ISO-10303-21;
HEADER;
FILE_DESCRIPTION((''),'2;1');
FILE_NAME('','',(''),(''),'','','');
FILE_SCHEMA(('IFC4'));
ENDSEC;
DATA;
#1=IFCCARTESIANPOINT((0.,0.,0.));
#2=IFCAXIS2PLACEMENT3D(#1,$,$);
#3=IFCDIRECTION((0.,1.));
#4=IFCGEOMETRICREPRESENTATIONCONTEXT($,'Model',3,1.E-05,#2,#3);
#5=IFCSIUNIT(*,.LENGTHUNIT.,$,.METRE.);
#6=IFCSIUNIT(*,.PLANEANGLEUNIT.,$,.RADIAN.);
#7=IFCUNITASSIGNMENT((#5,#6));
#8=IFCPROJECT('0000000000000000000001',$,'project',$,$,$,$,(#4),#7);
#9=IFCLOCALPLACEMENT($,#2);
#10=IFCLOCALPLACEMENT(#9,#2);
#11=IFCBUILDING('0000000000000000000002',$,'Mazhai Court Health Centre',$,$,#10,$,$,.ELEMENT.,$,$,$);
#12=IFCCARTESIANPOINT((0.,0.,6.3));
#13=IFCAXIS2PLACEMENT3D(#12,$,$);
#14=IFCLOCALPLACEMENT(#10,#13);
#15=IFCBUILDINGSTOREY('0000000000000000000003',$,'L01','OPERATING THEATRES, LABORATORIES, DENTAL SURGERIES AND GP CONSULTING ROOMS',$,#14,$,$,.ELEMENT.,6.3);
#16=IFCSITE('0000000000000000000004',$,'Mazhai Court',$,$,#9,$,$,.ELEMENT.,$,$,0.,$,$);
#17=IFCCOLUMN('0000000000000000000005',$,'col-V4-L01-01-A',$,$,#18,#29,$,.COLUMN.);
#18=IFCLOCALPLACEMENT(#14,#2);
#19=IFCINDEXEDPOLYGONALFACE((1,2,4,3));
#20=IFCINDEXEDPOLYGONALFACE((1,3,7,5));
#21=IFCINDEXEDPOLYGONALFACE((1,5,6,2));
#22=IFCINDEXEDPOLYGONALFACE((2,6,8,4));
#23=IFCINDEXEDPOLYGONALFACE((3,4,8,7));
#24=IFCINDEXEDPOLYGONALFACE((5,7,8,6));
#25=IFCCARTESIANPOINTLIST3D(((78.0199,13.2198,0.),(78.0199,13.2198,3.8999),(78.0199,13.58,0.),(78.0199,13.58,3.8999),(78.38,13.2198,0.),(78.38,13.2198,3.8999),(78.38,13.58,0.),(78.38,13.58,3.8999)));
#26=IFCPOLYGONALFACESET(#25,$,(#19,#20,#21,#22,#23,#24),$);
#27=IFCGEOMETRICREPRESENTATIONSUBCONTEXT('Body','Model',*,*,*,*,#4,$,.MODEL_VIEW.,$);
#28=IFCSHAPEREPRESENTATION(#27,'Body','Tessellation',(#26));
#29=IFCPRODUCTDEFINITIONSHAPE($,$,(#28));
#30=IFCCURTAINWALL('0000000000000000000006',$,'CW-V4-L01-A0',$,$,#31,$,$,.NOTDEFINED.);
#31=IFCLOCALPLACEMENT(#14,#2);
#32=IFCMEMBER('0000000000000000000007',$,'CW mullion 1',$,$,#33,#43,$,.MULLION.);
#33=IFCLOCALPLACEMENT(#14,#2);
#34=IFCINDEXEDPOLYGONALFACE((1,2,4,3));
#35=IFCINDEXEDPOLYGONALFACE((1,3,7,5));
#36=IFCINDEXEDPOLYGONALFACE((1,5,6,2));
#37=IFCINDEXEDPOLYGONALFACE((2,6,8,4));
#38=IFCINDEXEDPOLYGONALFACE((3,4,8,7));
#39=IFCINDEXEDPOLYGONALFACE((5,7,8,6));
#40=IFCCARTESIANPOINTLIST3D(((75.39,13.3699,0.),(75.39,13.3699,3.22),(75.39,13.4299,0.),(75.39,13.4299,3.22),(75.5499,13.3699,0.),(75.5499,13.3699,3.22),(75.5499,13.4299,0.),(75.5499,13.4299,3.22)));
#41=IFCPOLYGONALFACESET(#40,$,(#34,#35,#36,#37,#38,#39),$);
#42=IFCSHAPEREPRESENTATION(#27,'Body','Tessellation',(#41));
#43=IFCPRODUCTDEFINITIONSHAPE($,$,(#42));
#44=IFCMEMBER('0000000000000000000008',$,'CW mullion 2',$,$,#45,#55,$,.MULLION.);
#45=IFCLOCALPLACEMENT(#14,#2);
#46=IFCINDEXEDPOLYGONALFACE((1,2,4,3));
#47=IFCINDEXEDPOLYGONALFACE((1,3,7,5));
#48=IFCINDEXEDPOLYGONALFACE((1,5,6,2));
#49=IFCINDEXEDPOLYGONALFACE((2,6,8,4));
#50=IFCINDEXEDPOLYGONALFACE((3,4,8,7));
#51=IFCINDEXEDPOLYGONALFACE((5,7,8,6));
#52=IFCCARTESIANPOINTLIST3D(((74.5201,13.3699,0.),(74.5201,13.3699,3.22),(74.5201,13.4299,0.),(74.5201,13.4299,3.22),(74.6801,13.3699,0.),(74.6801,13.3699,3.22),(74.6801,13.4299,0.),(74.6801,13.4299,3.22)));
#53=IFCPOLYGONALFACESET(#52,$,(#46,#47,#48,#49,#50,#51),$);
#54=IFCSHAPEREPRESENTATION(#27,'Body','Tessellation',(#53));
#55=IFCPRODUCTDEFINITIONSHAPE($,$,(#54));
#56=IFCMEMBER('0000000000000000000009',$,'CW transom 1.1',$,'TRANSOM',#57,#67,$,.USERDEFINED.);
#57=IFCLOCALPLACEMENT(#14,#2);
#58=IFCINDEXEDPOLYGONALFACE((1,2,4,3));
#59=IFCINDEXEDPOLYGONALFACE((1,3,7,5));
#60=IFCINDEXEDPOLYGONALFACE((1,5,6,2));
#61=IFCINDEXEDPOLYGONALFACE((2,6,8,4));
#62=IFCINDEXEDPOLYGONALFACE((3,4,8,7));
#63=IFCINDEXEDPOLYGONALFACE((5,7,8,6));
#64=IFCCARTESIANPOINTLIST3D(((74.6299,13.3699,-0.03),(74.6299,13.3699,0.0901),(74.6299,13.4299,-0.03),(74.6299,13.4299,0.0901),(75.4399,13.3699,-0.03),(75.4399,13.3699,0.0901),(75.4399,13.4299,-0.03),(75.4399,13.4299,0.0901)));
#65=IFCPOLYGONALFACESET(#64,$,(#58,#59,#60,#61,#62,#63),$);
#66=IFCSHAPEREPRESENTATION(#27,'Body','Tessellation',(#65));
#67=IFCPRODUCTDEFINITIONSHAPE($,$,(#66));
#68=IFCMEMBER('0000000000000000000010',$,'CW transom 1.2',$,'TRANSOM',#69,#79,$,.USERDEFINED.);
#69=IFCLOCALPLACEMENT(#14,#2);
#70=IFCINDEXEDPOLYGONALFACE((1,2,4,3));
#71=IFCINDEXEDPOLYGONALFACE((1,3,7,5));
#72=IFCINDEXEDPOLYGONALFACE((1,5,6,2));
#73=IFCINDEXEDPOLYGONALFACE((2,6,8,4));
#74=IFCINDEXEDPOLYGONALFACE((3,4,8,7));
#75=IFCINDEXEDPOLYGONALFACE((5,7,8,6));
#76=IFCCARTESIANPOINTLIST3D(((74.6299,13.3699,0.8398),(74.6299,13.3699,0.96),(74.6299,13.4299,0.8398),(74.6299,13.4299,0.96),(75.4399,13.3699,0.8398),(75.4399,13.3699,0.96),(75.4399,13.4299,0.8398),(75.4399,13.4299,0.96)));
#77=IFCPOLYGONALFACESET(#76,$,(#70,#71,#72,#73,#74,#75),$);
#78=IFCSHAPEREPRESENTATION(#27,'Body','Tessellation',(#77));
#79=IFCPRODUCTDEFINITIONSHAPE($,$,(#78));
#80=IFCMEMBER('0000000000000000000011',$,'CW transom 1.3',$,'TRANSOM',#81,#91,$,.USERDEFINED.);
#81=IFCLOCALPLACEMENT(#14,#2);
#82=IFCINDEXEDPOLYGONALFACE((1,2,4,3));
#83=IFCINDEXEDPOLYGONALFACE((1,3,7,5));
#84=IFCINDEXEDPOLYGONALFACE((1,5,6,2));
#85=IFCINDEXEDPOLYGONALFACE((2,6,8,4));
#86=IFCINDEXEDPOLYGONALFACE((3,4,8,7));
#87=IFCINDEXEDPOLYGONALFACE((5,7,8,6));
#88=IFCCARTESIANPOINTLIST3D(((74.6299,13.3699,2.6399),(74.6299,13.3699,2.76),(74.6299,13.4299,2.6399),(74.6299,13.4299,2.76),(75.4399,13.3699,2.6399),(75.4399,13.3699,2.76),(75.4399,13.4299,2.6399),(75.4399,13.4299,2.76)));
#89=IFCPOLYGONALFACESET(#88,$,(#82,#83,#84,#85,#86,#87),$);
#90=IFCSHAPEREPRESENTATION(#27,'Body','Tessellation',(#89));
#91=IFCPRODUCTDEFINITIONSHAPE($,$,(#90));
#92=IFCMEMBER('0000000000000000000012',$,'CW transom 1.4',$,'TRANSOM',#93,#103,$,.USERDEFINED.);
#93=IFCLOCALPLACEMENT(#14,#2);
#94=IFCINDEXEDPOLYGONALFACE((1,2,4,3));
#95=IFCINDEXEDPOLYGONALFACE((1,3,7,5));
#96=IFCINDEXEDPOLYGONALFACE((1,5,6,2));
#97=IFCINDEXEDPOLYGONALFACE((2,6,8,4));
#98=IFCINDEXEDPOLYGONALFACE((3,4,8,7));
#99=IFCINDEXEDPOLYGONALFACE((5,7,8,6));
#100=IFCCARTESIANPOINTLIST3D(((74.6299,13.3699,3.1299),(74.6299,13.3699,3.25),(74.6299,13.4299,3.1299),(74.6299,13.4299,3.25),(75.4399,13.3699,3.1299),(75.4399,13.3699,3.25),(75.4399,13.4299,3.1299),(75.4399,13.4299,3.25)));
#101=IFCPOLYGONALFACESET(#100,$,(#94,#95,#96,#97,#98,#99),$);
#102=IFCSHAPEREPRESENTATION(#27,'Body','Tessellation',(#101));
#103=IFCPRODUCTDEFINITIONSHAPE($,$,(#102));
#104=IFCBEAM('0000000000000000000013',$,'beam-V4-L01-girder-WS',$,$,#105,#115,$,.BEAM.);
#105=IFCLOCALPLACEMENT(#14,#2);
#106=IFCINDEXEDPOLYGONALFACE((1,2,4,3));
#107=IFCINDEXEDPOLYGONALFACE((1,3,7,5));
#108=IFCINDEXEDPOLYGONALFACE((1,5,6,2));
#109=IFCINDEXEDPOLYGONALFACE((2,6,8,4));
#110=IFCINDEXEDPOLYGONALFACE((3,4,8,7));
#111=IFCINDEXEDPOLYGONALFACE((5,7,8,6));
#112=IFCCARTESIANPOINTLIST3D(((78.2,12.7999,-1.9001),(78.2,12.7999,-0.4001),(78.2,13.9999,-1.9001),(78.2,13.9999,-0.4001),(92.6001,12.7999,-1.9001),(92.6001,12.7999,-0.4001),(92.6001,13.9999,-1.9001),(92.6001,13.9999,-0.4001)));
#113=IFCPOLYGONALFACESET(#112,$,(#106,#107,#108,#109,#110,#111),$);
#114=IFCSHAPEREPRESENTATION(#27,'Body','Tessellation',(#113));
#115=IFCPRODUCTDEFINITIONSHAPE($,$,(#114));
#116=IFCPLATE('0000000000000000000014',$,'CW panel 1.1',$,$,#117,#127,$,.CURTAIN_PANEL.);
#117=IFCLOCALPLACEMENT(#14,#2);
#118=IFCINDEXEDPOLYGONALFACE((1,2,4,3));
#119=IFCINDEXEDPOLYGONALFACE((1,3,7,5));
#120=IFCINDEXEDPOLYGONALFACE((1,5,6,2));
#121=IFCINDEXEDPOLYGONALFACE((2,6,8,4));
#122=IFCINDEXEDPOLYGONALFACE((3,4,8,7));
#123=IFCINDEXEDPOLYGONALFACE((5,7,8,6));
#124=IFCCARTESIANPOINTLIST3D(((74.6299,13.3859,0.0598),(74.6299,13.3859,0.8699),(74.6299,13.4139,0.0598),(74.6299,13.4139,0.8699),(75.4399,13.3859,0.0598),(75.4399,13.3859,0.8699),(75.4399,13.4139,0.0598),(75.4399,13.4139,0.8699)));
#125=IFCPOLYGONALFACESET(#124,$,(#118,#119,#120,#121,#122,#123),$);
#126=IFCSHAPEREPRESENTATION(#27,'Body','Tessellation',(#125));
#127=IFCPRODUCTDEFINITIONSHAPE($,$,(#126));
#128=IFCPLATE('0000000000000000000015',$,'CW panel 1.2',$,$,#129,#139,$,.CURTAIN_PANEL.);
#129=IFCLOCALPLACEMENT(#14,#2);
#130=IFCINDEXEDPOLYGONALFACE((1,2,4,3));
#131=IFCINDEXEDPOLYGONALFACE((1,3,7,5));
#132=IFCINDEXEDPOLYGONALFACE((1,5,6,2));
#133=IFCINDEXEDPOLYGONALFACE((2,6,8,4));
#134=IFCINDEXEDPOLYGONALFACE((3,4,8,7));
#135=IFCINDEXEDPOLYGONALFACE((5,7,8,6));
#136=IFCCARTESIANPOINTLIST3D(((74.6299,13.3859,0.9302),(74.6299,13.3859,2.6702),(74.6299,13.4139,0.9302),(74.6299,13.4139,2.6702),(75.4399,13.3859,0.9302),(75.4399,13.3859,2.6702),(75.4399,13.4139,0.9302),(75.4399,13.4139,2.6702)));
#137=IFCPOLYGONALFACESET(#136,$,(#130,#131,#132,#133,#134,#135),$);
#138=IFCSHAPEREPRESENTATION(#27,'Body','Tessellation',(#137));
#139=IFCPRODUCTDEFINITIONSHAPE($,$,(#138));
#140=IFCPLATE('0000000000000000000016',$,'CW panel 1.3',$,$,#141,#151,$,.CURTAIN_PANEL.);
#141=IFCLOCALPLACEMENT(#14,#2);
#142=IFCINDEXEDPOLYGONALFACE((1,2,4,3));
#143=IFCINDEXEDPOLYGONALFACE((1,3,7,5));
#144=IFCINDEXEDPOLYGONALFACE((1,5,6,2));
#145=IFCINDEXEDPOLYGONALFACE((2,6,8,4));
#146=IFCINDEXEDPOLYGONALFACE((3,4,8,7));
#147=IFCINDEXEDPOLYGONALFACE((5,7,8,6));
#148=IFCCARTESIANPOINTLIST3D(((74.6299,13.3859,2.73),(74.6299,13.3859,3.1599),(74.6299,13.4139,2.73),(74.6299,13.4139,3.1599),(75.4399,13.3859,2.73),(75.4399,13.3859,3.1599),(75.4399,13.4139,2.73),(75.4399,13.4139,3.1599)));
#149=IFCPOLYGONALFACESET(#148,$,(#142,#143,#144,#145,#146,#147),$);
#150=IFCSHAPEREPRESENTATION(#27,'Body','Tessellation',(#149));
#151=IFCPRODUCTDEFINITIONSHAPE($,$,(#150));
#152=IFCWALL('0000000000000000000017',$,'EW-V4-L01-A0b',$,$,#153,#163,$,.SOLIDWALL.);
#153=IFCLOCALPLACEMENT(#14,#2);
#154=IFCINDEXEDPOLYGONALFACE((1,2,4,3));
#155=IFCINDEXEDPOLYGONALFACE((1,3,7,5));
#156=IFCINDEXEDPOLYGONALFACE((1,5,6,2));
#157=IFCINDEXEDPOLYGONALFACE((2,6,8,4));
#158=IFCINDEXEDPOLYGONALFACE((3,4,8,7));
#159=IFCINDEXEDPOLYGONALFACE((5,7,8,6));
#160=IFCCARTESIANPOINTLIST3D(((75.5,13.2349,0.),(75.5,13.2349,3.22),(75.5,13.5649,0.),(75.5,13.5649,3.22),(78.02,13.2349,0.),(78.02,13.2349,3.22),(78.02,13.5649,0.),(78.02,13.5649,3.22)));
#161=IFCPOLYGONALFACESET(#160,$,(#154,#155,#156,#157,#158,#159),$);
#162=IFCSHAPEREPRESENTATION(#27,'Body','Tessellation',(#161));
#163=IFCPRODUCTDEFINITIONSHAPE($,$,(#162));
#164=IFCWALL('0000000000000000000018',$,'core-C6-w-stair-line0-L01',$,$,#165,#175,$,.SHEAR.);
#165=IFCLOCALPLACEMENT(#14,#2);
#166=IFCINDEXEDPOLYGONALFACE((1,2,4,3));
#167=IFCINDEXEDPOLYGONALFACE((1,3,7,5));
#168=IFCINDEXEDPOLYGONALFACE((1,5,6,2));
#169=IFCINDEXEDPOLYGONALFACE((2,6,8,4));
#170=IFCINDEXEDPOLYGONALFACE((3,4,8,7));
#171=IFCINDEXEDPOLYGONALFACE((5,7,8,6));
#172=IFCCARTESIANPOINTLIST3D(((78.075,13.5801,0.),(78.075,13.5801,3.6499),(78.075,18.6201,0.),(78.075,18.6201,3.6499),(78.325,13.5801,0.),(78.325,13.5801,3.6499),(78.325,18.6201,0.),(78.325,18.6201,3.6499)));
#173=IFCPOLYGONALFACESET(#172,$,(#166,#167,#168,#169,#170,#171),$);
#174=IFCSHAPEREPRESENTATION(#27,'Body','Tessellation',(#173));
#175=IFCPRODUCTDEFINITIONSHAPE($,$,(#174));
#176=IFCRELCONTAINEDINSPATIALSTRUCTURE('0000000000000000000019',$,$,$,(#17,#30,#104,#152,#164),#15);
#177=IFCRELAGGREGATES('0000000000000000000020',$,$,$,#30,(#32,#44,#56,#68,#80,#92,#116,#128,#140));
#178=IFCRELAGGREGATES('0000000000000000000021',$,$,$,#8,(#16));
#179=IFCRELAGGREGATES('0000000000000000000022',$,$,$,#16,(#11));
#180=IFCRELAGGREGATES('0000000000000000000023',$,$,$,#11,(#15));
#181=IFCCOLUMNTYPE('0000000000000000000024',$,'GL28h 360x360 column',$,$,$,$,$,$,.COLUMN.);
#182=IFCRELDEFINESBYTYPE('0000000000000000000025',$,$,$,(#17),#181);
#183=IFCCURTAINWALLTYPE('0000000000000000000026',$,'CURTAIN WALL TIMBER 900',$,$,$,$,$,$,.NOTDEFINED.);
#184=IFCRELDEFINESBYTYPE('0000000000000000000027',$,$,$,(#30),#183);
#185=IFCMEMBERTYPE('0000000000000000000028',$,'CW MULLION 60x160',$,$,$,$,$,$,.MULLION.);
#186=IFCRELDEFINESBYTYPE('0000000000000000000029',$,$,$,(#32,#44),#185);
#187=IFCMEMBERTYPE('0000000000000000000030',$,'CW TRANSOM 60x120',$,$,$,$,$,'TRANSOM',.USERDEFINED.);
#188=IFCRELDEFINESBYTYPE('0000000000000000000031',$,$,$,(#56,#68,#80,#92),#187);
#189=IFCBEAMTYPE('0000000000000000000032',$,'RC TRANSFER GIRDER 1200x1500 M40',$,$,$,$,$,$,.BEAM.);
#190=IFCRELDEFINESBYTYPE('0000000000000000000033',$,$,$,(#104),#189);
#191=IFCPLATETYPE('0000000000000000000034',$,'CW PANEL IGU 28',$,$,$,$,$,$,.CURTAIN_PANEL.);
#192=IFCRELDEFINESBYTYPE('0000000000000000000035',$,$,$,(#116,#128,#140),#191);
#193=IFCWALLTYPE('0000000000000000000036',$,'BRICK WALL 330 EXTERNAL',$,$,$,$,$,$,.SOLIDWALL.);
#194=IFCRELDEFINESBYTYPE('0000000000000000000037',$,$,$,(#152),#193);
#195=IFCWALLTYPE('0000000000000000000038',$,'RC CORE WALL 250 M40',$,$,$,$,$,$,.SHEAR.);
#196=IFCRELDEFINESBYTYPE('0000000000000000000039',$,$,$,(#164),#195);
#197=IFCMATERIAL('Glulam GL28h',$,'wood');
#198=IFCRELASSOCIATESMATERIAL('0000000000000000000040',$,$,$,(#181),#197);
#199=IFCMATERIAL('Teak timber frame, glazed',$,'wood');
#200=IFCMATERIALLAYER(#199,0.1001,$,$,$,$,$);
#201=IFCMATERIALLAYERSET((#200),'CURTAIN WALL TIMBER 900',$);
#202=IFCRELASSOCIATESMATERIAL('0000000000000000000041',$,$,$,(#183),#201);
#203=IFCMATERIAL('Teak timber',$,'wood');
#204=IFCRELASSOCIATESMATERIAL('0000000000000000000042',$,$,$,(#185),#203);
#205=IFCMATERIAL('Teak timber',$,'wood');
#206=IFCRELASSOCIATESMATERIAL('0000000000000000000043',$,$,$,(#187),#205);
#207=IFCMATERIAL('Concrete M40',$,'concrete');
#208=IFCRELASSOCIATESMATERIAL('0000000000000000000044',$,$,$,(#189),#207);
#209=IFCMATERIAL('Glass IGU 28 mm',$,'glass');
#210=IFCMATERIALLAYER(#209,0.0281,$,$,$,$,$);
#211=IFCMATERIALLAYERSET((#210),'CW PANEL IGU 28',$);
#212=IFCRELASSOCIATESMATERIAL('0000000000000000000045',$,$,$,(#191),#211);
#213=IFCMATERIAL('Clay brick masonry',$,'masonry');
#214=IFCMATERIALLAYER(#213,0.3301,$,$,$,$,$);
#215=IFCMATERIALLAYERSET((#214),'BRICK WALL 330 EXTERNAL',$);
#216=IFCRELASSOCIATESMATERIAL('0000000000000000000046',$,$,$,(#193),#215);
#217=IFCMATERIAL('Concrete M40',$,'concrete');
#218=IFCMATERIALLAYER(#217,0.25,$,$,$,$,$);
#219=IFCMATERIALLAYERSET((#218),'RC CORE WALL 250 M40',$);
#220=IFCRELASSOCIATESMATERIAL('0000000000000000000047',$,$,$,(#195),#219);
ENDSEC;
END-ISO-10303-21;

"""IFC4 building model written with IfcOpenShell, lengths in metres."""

from ifc_helpers import new_model, si_unit, direction, frame, frame_2d, origin, origin_2d, place, context, subcontext, project, spatial, rectangle, extrude, material, layer, layer_set, material_profile, profile_set, type_object, element, aggregate, save


model = new_model("IFC4")

# Units and contexts
model_context = context("Model", 3, precision=1e-05, world=origin(), true_north=direction((0.0, 1.0)))
body_context = subcontext(model_context, "Body", "Model", "MODEL_VIEW")
ifc_project = project(units=[si_unit("LENGTHUNIT", "METRE"), si_unit("PLANEANGLEUNIT", "RADIAN")], contexts=[model_context])

# Site, building, storey
site_placement = place(None, origin())
site = spatial("IfcSite", under=ifc_project, at=site_placement, Name="Mazhai Court", CompositionType="ELEMENT", RefElevation=0.0)
building_placement = place(site_placement, origin())
building = spatial("IfcBuilding", under=site, at=building_placement, Name="Mazhai Court Health Centre", CompositionType="ELEMENT")
storey_placement = place(building_placement, frame((0.0, 0.0, 6.3)))
storey = spatial("IfcBuildingStorey", under=building, at=storey_placement, Name="L01", Description="OPERATING THEATRES, LABORATORIES, DENTAL SURGERIES AND GP CONSULTING ROOMS", CompositionType="ELEMENT", Elevation=6.3)

# Column
ifc_material_1 = material(Name="Glulam GL28h", Category="wood")
ifc_material_profile_1 = material_profile(ifc_material_1, rectangle(XDim=0.3601, YDim=0.3601, at=origin_2d()), Name="GL28h 360x360")
ifc_profile_set_1 = profile_set([ifc_material_profile_1], Name="Glulam GL28h")
column_type = type_object("IfcColumnType", Name="GL28h 360x360 column", PredefinedType="COLUMN", material=ifc_profile_set_1)
column_placement = place(storey_placement, frame((78.2, 13.3999, 0.0), z_axis=(0.0, 0.0, 1.0), x_axis=(1.0, 0.0, 0.0)))
element("IfcColumn", 1, at=column_placement, inside=storey, type_object=column_type, Name="col-V4-L01-01-A", PredefinedType="COLUMN", context=body_context, shape_type="SweptSolid", body=[
    extrude(rectangle(XDim=0.3601, YDim=0.3601, at=origin_2d()), origin(), (0.0, 0.0, 1.0), 3.8999),
])

# Curtain wall, members
ifc_material_2 = material(Name="Teak timber frame, glazed", Category="wood")
ifc_layer_1 = layer(ifc_material_2, 0.1001)
ifc_layer_set_1 = layer_set([ifc_layer_1], Name="CURTAIN WALL TIMBER 900")
curtain_wall_type = type_object("IfcCurtainWallType", Name="CURTAIN WALL TIMBER 900", PredefinedType="NOTDEFINED", material=ifc_layer_set_1)
curtain_wall_placement = place(storey_placement, origin())
curtain_wall = element("IfcCurtainWall", 2, at=curtain_wall_placement, inside=storey, type_object=curtain_wall_type, Name="CW-V4-L01-A0", PredefinedType="NOTDEFINED")
ifc_material_3 = material(Name="Teak timber", Category="wood")
ifc_material_profile_2 = material_profile(ifc_material_3, rectangle(XDim=0.0601, YDim=0.1599, at=origin_2d()), Name="CW MULLION 60x160")
ifc_profile_set_2 = profile_set([ifc_material_profile_2], Name="Teak timber")
member_type_1 = type_object("IfcMemberType", Name="CW MULLION 60x160", PredefinedType="MULLION", material=ifc_profile_set_2)
member_1_placement = place(storey_placement, frame((75.47, 13.3999, 0.0), z_axis=(0.0, 0.0, 1.0), x_axis=(0.0, -1.0, 0.0)))
member_1 = element("IfcMember", 3, at=member_1_placement, type_object=member_type_1, Name="CW mullion 1", PredefinedType="MULLION", context=body_context, shape_type="SweptSolid", body=[
    extrude(rectangle(XDim=0.0601, YDim=0.1599, at=origin_2d()), origin(), (0.0, 0.0, 1.0), 3.22),
])
member_2_placement = place(storey_placement, frame((74.6001, 13.3999, 0.0), z_axis=(0.0, 0.0, 1.0), x_axis=(0.0, -1.0, 0.0)))
member_2 = element("IfcMember", 4, at=member_2_placement, type_object=member_type_1, Name="CW mullion 2", PredefinedType="MULLION", context=body_context, shape_type="SweptSolid", body=[
    extrude(rectangle(XDim=0.0601, YDim=0.1599, at=origin_2d()), origin(), (0.0, 0.0, 1.0), 3.22),
])
ifc_material_4 = material(Name="Teak timber", Category="wood")
ifc_material_profile_3 = material_profile(ifc_material_4, rectangle(XDim=0.0601, YDim=0.1201, at=origin_2d()), Name="CW TRANSOM 60x120")
ifc_profile_set_3 = profile_set([ifc_material_profile_3], Name="Teak timber")
member_type_2 = type_object("IfcMemberType", Name="CW TRANSOM 60x120", ElementType="TRANSOM", PredefinedType="USERDEFINED", material=ifc_profile_set_3)
member_3_placement = place(storey_placement, frame((75.4399, 13.3999, 0.03), z_axis=(-1.0, 0.0, 0.0), x_axis=(0.0, -1.0, 0.0)))
member_3 = element("IfcMember", 5, at=member_3_placement, type_object=member_type_2, Name="CW transom 1.1", ObjectType="TRANSOM", PredefinedType="USERDEFINED", context=body_context, shape_type="SweptSolid", body=[
    extrude(rectangle(XDim=0.0601, YDim=0.1201, at=origin_2d()), origin(), (0.0, 0.0, 1.0), 0.8101),
])
member_4_placement = place(storey_placement, frame((75.4399, 13.3999, 0.8999), z_axis=(-1.0, 0.0, 0.0), x_axis=(0.0, -1.0, 0.0)))
member_4 = element("IfcMember", 6, at=member_4_placement, type_object=member_type_2, Name="CW transom 1.2", ObjectType="TRANSOM", PredefinedType="USERDEFINED", context=body_context, shape_type="SweptSolid", body=[
    extrude(rectangle(XDim=0.0601, YDim=0.1201, at=origin_2d()), origin(), (0.0, 0.0, 1.0), 0.8101),
])
member_5_placement = place(storey_placement, frame((75.4399, 13.3999, 2.7), z_axis=(-1.0, 0.0, 0.0), x_axis=(0.0, -1.0, 0.0)))
member_5 = element("IfcMember", 7, at=member_5_placement, type_object=member_type_2, Name="CW transom 1.3", ObjectType="TRANSOM", PredefinedType="USERDEFINED", context=body_context, shape_type="SweptSolid", body=[
    extrude(rectangle(XDim=0.0601, YDim=0.1201, at=origin_2d()), origin(), (0.0, 0.0, 1.0), 0.8101),
])
member_6_placement = place(storey_placement, frame((75.4399, 13.3999, 3.1899), z_axis=(-1.0, 0.0, 0.0), x_axis=(0.0, -1.0, 0.0)))
member_6 = element("IfcMember", 8, at=member_6_placement, type_object=member_type_2, Name="CW transom 1.4", ObjectType="TRANSOM", PredefinedType="USERDEFINED", context=body_context, shape_type="SweptSolid", body=[
    extrude(rectangle(XDim=0.0601, YDim=0.1201, at=origin_2d()), origin(), (0.0, 0.0, 1.0), 0.8101),
])

# Beam
ifc_material_5 = material(Name="Concrete M40", Category="concrete")
ifc_material_profile_4 = material_profile(ifc_material_5, rectangle(XDim=1.2, YDim=1.5, at=origin_2d()), Name="RC 1200x1500")
ifc_profile_set_4 = profile_set([ifc_material_profile_4], Name="Concrete M40")
beam_type = type_object("IfcBeamType", Name="RC TRANSFER GIRDER 1200x1500 M40", PredefinedType="BEAM", material=ifc_profile_set_4)
beam_placement = place(storey_placement, frame((78.2, 13.3999, -1.1501), z_axis=(1.0, 0.0, 0.0), x_axis=(0.0, 1.0, 0.0)))
element("IfcBeam", 9, at=beam_placement, inside=storey, type_object=beam_type, Name="beam-V4-L01-girder-WS", PredefinedType="BEAM", context=body_context, shape_type="SweptSolid", body=[
    extrude(rectangle(XDim=1.2, YDim=1.5, at=origin_2d()), origin(), (0.0, 0.0, 1.0), 14.4001),
])

# Plates
ifc_material_6 = material(Name="Glass IGU 28 mm", Category="glass")
ifc_layer_2 = layer(ifc_material_6, 0.0281)
ifc_layer_set_2 = layer_set([ifc_layer_2], Name="CW PANEL IGU 28")
plate_type = type_object("IfcPlateType", Name="CW PANEL IGU 28", PredefinedType="CURTAIN_PANEL", material=ifc_layer_set_2)
plate_1_placement = place(storey_placement, frame((75.0349, 13.3999, 0.0598), z_axis=(0.0, 0.0, 1.0), x_axis=(-1.0, 0.0, 0.0)))
plate_1 = element("IfcPlate", 10, at=plate_1_placement, type_object=plate_type, Name="CW panel 1.1", PredefinedType="CURTAIN_PANEL", context=body_context, shape_type="SweptSolid", body=[
    extrude(rectangle(XDim=0.8101, YDim=0.0281, at=origin_2d()), origin(), (0.0, 0.0, 1.0), 0.8101),
])
plate_2_placement = place(storey_placement, frame((75.0349, 13.3999, 0.9302), z_axis=(0.0, 0.0, 1.0), x_axis=(-1.0, 0.0, 0.0)))
plate_2 = element("IfcPlate", 11, at=plate_2_placement, type_object=plate_type, Name="CW panel 1.2", PredefinedType="CURTAIN_PANEL", context=body_context, shape_type="SweptSolid", body=[
    extrude(rectangle(XDim=0.8101, YDim=0.0281, at=origin_2d()), origin(), (0.0, 0.0, 1.0), 1.74),
])
plate_3_placement = place(storey_placement, frame((75.0349, 13.3999, 2.73), z_axis=(0.0, 0.0, 1.0), x_axis=(-1.0, 0.0, 0.0)))
plate_3 = element("IfcPlate", 12, at=plate_3_placement, type_object=plate_type, Name="CW panel 1.3", PredefinedType="CURTAIN_PANEL", context=body_context, shape_type="SweptSolid", body=[
    extrude(rectangle(XDim=0.8101, YDim=0.0281, at=origin_2d()), origin(), (0.0, 0.0, 1.0), 0.4299),
])
aggregate(curtain_wall, [member_1, member_2, member_3, member_4, member_5, member_6, plate_1, plate_2, plate_3])

# Walls
ifc_material_7 = material(Name="Clay brick masonry", Category="masonry")
ifc_layer_3 = layer(ifc_material_7, 0.3301)
ifc_layer_set_3 = layer_set([ifc_layer_3], Name="BRICK WALL 330 EXTERNAL")
wall_type_1 = type_object("IfcWallType", Name="BRICK WALL 330 EXTERNAL", PredefinedType="SOLIDWALL", material=ifc_layer_set_3)
wall_1_placement = place(storey_placement, frame((78.02, 13.3999, 0.0), z_axis=(0.0, 0.0, 1.0), x_axis=(-1.0, 0.0, 0.0)))
element("IfcWall", 13, at=wall_1_placement, inside=storey, type_object=wall_type_1, Name="EW-V4-L01-A0b", PredefinedType="SOLIDWALL", context=body_context, shape_type="SweptSolid", body=[
    extrude(rectangle(XDim=2.52, YDim=0.3301, at=frame_2d((1.26, 0.0))), origin(), (0.0, 0.0, 1.0), 3.22),
])
ifc_material_8 = material(Name="Concrete M40", Category="concrete")
ifc_layer_4 = layer(ifc_material_8, 0.25)
ifc_layer_set_4 = layer_set([ifc_layer_4], Name="RC CORE WALL 250 M40")
wall_type_2 = type_object("IfcWallType", Name="RC CORE WALL 250 M40", PredefinedType="SHEAR", material=ifc_layer_set_4)
wall_2_placement = place(storey_placement, frame((78.2, 13.5801, 0.0), z_axis=(0.0, 0.0, 1.0), x_axis=(0.0, 1.0, 0.0)))
element("IfcWall", 14, at=wall_2_placement, inside=storey, type_object=wall_type_2, Name="core-C6-w-stair-line0-L01", PredefinedType="SHEAR", context=body_context, shape_type="SweptSolid", body=[
    extrude(rectangle(XDim=5.04, YDim=0.25, at=frame_2d((2.52, 0.0))), origin(), (0.0, 0.0, 1.0), 3.6499),
])

save(model, "model.ifc")
